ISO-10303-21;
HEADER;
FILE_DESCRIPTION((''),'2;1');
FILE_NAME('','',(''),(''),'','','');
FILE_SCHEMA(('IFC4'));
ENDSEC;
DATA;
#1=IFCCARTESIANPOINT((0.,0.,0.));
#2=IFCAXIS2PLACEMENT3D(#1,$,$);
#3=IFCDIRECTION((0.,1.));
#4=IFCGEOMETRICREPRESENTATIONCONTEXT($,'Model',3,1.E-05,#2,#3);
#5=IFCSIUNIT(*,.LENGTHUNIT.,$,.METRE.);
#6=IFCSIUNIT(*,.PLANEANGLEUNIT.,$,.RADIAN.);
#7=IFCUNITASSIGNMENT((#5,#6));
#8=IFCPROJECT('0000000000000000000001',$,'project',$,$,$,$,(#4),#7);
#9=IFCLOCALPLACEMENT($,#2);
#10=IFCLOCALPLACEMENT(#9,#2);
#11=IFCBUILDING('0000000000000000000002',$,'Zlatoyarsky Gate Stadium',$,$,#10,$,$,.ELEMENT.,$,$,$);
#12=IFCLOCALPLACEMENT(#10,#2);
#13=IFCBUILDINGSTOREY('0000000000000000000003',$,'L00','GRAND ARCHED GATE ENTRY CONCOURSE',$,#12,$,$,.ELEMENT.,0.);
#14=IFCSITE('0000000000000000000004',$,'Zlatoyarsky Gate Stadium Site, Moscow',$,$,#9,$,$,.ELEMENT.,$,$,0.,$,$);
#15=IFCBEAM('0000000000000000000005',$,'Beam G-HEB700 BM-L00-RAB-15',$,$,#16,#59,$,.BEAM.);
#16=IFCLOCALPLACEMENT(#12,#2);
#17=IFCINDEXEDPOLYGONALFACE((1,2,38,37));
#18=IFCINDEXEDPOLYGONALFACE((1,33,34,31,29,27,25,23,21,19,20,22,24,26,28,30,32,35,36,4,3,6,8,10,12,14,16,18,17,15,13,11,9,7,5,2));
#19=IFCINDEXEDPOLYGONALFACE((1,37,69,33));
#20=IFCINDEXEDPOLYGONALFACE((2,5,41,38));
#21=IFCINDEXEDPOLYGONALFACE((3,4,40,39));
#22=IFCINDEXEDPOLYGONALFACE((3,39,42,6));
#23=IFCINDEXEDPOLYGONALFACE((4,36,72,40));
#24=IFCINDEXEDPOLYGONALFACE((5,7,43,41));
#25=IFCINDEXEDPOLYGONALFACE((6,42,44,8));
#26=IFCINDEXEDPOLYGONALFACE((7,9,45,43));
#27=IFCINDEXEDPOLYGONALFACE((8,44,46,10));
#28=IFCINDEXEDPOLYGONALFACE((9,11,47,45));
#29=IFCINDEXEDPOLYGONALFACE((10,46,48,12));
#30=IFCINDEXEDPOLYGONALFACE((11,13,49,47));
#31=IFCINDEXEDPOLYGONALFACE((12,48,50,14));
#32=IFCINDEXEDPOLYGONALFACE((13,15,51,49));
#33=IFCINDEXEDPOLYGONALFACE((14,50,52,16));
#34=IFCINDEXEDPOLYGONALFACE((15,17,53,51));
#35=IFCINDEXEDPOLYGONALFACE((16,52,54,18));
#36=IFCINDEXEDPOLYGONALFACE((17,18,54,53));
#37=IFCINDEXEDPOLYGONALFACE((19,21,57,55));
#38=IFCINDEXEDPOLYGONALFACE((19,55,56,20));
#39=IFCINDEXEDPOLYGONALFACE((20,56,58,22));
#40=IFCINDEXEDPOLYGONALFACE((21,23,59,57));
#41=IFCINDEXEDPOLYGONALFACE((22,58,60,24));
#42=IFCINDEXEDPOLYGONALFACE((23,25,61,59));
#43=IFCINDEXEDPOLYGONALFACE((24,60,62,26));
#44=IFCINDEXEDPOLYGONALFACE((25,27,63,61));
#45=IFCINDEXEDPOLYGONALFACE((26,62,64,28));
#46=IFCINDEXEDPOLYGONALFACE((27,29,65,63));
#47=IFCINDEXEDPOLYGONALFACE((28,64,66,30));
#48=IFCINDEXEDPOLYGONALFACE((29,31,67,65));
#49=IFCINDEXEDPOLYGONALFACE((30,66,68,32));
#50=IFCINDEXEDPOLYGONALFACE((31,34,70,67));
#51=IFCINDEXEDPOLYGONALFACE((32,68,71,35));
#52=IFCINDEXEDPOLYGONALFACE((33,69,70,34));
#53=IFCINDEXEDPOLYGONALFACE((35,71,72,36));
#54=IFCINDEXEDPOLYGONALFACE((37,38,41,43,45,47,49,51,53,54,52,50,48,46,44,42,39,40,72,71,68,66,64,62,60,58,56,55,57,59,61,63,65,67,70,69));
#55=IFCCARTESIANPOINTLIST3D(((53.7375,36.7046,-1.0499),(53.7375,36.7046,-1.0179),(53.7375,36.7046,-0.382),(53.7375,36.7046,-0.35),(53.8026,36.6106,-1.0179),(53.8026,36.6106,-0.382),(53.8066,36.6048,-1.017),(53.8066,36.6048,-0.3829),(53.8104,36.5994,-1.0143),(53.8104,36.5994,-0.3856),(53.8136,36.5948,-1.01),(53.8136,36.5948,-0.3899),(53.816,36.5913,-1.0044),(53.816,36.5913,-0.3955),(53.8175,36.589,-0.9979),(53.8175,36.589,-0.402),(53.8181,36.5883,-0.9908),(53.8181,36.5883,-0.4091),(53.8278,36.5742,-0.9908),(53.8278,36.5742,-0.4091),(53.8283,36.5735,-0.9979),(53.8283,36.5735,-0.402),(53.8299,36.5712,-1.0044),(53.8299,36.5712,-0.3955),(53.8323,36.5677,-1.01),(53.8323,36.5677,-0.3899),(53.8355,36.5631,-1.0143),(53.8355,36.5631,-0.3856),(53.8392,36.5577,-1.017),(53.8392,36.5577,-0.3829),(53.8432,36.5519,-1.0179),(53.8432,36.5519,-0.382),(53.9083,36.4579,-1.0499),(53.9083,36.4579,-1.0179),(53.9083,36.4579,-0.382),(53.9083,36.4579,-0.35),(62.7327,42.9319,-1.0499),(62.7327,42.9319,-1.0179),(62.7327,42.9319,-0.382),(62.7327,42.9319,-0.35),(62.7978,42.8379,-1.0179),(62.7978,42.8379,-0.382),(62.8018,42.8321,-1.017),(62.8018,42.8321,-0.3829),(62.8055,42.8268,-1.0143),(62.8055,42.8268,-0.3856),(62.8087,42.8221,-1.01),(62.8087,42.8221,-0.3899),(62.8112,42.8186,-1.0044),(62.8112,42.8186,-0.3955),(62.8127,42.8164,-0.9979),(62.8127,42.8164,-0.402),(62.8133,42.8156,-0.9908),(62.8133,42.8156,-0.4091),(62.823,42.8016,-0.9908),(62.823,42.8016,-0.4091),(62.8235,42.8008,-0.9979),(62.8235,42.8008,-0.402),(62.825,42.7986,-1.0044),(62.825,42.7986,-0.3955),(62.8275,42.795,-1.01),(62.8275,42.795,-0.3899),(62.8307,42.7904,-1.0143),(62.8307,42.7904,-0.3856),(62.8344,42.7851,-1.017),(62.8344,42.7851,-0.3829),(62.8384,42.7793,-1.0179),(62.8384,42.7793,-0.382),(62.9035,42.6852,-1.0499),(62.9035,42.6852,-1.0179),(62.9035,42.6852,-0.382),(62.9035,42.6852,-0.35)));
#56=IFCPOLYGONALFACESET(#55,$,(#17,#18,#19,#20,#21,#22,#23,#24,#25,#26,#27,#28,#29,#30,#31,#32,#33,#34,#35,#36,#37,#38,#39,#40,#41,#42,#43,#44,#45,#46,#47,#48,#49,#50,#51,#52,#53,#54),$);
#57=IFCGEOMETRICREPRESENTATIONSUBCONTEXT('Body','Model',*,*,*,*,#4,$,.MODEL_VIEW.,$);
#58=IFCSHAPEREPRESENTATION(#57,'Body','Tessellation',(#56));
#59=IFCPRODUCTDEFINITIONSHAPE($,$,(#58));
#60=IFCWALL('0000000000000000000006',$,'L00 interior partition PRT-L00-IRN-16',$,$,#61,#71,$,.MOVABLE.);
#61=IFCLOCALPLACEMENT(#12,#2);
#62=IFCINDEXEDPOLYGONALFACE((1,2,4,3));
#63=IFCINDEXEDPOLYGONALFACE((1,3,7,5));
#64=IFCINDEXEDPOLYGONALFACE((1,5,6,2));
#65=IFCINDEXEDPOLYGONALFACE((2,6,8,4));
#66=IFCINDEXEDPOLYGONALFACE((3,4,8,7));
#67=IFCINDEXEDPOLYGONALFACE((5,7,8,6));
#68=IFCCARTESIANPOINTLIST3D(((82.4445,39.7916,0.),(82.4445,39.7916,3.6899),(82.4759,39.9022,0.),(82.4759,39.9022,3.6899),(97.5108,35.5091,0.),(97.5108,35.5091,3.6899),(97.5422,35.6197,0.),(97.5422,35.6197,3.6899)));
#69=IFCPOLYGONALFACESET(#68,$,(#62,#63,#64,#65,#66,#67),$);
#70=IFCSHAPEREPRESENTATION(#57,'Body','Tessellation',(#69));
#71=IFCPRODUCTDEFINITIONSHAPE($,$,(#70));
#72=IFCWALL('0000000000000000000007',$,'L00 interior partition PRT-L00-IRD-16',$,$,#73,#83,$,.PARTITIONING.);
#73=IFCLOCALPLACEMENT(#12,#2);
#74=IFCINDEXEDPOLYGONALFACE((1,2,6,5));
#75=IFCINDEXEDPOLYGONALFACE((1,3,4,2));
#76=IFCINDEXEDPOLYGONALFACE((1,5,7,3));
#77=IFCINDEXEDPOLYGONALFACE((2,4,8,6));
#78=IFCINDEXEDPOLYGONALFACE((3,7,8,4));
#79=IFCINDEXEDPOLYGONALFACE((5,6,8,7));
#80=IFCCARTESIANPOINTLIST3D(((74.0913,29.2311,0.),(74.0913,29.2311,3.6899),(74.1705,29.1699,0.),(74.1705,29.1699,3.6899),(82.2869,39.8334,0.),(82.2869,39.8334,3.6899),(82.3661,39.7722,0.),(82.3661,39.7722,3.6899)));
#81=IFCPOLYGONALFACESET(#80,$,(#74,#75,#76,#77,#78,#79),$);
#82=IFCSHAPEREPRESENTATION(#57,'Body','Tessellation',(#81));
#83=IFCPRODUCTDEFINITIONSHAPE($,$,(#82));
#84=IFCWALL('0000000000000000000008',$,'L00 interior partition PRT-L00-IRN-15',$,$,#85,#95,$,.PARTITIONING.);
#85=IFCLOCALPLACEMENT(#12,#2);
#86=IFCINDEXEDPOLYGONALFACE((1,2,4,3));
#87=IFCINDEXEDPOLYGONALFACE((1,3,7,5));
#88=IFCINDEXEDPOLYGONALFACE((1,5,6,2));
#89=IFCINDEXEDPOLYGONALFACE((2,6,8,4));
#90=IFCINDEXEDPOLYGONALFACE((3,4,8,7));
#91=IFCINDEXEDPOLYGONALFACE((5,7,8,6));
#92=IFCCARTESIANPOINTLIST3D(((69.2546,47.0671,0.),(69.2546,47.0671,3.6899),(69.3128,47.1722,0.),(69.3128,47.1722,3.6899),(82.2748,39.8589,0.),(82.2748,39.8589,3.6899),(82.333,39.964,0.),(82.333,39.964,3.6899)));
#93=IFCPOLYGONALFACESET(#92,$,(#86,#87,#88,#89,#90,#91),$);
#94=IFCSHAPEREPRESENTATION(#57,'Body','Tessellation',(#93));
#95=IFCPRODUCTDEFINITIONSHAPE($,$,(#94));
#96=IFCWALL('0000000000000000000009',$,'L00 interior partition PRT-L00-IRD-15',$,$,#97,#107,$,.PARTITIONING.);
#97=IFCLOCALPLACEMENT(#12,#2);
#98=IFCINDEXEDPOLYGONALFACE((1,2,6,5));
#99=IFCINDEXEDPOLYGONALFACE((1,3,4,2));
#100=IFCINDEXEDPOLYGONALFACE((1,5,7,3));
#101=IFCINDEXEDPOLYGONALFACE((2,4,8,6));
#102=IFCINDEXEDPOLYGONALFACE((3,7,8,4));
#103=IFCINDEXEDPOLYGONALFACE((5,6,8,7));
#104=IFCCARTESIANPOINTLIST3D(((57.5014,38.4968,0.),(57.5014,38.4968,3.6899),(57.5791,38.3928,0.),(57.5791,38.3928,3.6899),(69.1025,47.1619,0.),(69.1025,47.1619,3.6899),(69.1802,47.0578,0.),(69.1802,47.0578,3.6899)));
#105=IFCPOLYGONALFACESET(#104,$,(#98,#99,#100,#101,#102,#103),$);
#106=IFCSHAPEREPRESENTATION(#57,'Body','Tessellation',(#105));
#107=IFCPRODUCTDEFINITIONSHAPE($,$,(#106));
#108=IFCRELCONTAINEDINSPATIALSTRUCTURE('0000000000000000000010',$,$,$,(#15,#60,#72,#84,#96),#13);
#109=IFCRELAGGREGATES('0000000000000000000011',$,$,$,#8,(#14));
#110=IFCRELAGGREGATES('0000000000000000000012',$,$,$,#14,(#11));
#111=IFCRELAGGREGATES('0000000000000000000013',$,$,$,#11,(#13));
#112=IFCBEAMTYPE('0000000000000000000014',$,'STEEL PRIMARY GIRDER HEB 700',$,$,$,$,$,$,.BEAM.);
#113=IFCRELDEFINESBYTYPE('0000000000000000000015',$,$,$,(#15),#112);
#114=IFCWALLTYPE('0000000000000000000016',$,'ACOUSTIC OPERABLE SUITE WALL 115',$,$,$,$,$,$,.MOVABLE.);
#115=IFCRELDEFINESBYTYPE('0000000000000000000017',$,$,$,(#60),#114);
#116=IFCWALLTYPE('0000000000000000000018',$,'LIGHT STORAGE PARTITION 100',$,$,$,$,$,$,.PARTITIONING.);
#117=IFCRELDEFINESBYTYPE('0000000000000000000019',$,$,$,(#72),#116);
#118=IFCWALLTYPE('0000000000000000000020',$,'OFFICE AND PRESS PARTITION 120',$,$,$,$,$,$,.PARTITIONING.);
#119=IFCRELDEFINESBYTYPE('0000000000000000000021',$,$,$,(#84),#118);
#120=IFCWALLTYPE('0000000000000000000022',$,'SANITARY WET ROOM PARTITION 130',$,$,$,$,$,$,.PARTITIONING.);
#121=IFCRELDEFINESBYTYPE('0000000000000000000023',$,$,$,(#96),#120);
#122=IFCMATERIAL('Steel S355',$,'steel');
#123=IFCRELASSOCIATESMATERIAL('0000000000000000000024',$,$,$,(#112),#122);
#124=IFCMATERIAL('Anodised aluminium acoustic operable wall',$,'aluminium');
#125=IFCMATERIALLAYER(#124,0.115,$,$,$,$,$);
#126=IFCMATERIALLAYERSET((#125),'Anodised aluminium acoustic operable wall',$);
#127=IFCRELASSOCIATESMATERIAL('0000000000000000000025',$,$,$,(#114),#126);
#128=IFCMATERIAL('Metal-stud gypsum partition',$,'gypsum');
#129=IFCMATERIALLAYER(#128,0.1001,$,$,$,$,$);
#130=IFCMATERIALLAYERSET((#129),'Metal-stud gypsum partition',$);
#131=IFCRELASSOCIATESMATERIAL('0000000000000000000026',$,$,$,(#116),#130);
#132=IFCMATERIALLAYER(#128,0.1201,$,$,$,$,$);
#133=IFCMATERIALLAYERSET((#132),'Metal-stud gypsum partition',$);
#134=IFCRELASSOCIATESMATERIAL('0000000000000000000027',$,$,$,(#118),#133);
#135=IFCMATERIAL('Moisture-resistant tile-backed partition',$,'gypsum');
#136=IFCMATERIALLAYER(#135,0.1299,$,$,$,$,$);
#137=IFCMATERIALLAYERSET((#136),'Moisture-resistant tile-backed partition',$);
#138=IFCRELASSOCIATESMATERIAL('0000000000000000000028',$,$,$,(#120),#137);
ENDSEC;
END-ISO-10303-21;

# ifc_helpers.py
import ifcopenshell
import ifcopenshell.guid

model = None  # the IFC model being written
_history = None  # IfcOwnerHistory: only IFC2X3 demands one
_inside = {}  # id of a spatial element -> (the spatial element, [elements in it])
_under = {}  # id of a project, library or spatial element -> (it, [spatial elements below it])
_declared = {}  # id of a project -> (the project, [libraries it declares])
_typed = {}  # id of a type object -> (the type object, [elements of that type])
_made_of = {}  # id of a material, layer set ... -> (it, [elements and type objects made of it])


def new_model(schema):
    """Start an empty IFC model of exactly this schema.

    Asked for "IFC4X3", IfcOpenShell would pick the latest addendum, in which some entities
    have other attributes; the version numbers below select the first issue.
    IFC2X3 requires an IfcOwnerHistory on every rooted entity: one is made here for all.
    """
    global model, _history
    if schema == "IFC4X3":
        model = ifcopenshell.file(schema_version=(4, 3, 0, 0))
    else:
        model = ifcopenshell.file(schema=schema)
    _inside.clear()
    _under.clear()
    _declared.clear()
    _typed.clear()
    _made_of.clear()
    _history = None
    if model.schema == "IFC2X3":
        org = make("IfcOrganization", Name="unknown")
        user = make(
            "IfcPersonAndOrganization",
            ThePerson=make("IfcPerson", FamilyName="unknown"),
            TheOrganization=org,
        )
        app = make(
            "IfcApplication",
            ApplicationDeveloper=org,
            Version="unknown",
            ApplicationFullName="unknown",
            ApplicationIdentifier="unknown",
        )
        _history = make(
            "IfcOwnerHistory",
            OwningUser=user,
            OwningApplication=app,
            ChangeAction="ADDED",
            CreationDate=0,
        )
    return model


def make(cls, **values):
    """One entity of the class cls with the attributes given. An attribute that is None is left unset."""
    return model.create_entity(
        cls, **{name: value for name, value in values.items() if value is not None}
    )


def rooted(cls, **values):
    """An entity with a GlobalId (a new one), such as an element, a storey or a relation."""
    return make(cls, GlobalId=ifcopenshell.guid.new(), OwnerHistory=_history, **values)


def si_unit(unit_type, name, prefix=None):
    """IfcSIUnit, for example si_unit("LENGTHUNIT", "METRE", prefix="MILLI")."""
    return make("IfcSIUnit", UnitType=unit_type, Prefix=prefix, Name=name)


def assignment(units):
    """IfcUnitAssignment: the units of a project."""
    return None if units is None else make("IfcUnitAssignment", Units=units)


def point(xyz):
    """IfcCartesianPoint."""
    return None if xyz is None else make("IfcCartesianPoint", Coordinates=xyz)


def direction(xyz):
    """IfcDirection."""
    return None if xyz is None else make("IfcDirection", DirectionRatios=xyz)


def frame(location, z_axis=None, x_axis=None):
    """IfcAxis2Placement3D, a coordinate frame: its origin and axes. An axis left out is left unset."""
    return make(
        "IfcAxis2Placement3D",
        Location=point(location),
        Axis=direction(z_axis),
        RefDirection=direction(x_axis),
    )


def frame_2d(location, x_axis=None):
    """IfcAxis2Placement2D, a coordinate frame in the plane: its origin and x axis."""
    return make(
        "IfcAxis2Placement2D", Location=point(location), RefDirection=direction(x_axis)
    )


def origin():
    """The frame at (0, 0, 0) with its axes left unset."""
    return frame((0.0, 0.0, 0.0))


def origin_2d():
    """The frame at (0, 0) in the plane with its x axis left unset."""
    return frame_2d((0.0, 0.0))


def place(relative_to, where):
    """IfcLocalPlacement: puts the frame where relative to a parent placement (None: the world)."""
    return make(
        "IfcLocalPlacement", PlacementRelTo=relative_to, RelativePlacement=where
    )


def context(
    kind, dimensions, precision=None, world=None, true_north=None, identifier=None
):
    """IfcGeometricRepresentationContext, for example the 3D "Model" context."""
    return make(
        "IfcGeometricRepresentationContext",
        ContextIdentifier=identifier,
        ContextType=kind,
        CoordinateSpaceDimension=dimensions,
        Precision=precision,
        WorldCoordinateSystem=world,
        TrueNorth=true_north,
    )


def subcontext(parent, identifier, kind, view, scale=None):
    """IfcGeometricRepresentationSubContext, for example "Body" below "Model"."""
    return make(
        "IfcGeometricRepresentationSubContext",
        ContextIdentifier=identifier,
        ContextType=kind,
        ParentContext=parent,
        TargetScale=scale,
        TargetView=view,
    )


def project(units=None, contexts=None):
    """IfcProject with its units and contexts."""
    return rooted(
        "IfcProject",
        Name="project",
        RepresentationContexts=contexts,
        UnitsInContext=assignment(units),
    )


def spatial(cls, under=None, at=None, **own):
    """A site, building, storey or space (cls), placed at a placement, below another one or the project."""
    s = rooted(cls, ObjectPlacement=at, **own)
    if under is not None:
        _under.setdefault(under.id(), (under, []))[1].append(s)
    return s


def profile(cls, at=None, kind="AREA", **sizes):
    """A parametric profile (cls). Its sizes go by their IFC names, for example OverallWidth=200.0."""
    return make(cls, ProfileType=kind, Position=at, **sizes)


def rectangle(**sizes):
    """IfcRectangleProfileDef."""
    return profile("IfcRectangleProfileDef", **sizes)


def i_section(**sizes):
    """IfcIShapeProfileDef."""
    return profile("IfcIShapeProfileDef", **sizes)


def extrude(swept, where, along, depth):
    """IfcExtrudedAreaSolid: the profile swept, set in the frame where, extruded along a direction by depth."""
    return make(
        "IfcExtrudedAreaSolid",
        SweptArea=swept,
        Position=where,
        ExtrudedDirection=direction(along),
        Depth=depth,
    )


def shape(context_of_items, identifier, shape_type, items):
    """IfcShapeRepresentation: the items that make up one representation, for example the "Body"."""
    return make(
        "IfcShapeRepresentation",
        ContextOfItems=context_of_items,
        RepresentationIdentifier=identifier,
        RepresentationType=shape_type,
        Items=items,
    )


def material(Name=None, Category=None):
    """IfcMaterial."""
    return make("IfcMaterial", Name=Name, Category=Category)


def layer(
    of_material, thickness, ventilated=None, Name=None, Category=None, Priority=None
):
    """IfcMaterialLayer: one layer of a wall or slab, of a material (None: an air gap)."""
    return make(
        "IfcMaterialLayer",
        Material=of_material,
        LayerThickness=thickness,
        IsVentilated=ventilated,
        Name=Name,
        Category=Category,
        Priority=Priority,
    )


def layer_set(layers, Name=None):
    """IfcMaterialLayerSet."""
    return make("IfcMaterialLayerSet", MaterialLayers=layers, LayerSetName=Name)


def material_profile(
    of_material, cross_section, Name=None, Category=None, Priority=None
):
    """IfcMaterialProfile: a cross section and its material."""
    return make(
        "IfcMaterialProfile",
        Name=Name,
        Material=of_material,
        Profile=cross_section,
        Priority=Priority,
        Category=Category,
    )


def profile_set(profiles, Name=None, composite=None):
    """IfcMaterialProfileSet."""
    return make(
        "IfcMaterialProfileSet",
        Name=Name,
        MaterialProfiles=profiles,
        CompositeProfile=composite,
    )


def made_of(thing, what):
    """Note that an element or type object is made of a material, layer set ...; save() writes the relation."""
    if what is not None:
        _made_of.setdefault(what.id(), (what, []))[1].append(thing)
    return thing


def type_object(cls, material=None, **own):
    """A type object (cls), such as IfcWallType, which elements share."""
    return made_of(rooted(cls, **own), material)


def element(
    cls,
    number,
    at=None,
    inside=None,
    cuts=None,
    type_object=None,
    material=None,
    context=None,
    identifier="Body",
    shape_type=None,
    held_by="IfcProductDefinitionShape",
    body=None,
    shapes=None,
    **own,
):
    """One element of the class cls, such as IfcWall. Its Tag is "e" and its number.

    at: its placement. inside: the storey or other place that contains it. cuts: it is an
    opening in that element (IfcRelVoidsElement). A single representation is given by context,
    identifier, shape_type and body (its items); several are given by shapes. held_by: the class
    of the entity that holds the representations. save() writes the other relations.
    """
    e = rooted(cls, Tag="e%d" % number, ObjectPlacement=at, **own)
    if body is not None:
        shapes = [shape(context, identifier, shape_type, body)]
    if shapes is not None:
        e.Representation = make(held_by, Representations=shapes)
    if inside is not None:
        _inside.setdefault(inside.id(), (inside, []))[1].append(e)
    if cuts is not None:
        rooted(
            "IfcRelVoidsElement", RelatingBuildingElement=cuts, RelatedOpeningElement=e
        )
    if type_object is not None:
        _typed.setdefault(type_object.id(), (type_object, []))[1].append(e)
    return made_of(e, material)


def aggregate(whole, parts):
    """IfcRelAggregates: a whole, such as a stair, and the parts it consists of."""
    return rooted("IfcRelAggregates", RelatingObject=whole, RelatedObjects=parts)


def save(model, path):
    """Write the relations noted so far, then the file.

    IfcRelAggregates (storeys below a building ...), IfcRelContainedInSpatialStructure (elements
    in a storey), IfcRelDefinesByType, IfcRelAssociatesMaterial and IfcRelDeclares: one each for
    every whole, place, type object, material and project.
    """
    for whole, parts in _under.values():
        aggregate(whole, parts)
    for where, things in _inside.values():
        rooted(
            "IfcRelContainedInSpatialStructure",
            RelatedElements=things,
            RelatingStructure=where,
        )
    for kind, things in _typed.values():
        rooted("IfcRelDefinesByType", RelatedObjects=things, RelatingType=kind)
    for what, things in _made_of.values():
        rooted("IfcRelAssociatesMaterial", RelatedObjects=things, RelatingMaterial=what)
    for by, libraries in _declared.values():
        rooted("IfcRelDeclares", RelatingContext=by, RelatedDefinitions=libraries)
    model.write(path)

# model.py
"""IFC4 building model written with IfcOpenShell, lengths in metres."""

from ifc_helpers import new_model, si_unit, direction, frame, frame_2d, origin, origin_2d, place, context, subcontext, project, spatial, rectangle, i_section, extrude, material, layer, layer_set, material_profile, profile_set, type_object, element, save


model = new_model("IFC4")

# Units and contexts
model_context = context("Model", 3, precision=1e-05, world=origin(), true_north=direction((0.0, 1.0)))
body_context = subcontext(model_context, "Body", "Model", "MODEL_VIEW")
ifc_project = project(units=[si_unit("LENGTHUNIT", "METRE"), si_unit("PLANEANGLEUNIT", "RADIAN")], contexts=[model_context])

# Site, building, storey
site_placement = place(None, origin())
site = spatial("IfcSite", under=ifc_project, at=site_placement, Name="Zlatoyarsky Gate Stadium Site, Moscow", CompositionType="ELEMENT", RefElevation=0.0)
building_placement = place(site_placement, origin())
building = spatial("IfcBuilding", under=site, at=building_placement, Name="Zlatoyarsky Gate Stadium", CompositionType="ELEMENT")
storey_placement = place(building_placement, origin())
storey = spatial("IfcBuildingStorey", under=building, at=storey_placement, Name="L00", Description="GRAND ARCHED GATE ENTRY CONCOURSE", CompositionType="ELEMENT", Elevation=0.0)

# Beam
ifc_material_1 = material(Name="Steel S355", Category="steel")
ifc_material_profile_1 = material_profile(ifc_material_1, i_section(OverallWidth=0.3, OverallDepth=0.7, WebThickness=0.0171, FlangeThickness=0.032, FilletRadius=0.0271, at=origin_2d()), Name="HEB 700")
ifc_profile_set_1 = profile_set([ifc_material_profile_1], Name="Steel S355")
beam_type_1 = type_object("IfcBeamType", Name="STEEL PRIMARY GIRDER HEB 700", PredefinedType="BEAM", material=ifc_profile_set_1)
beam_1_placement = place(storey_placement, frame((62.8181, 42.8086, -0.7), z_axis=(-0.822196, -0.569204, 0.0), x_axis=(0.569204, -0.822196, 0.0)))
element("IfcBeam", 1, at=beam_1_placement, inside=storey, type_object=beam_type_1, Name="Beam G-HEB700 BM-L00-RAB-15", PredefinedType="BEAM", context=body_context, shape_type="SweptSolid", body=[
    extrude(i_section(OverallWidth=0.3, OverallDepth=0.7, WebThickness=0.0171, FlangeThickness=0.032, FilletRadius=0.0271, at=origin_2d()), origin(), (0.0, 0.0, 1.0), 10.9404),
])

# Walls
ifc_material_2 = material(Name="Anodised aluminium acoustic operable wall", Category="aluminium")
ifc_layer_1 = layer(ifc_material_2, 0.115)
ifc_layer_set_1 = layer_set([ifc_layer_1], Name="Anodised aluminium acoustic operable wall")
wall_type_1 = type_object("IfcWallType", Name="ACOUSTIC OPERABLE SUITE WALL 115", PredefinedType="MOVABLE", material=ifc_layer_set_1)
wall_1_placement = place(storey_placement, frame((82.4602, 39.8469, 0.0), z_axis=(0.0, 0.0, 1.0), x_axis=(0.961897, -0.273414, 0.0)))
element("IfcWall", 2, at=wall_1_placement, inside=storey, type_object=wall_type_1, Name="L00 interior partition PRT-L00-IRN-16", PredefinedType="MOVABLE", context=body_context, shape_type="SweptSolid", body=[
    extrude(rectangle(XDim=15.6631, YDim=0.115, at=frame_2d((7.8315, 0.0))), origin(), (0.0, 0.0, 1.0), 3.6899),
])
ifc_material_3 = material(Name="Metal-stud gypsum partition", Category="gypsum")
ifc_layer_2 = layer(ifc_material_3, 0.1001)
ifc_layer_set_2 = layer_set([ifc_layer_2], Name="Metal-stud gypsum partition")
wall_type_2 = type_object("IfcWallType", Name="LIGHT STORAGE PARTITION 100", PredefinedType="PARTITIONING", material=ifc_layer_set_2)
wall_2_placement = place(storey_placement, frame((82.3264, 39.8027, 0.0), z_axis=(0.0, 0.0, 1.0), x_axis=(-0.611582, -0.791181, 0.0)))
element("IfcWall", 3, at=wall_2_placement, inside=storey, type_object=wall_type_2, Name="L00 interior partition PRT-L00-IRD-16", PredefinedType="PARTITIONING", context=body_context, shape_type="SweptSolid", body=[
    extrude(rectangle(XDim=13.4006, YDim=0.1001, at=frame_2d((6.7002, 0.0))), origin(), (0.0, 0.0, 1.0), 3.6899),
])
ifc_layer_3 = layer(ifc_material_3, 0.1201)
ifc_layer_set_3 = layer_set([ifc_layer_3], Name="Metal-stud gypsum partition")
wall_type_3 = type_object("IfcWallType", Name="OFFICE AND PRESS PARTITION 120", PredefinedType="PARTITIONING", material=ifc_layer_set_3)
wall_3_placement = place(storey_placement, frame((69.2837, 47.1196, 0.0), z_axis=(0.0, 0.0, 1.0), x_axis=(0.874876, -0.484347, 0.0)))
element("IfcWall", 4, at=wall_3_placement, inside=storey, type_object=wall_type_3, Name="L00 interior partition PRT-L00-IRN-15", PredefinedType="PARTITIONING", context=body_context, shape_type="SweptSolid", body=[
    extrude(rectangle(XDim=14.8823, YDim=0.1201, at=frame_2d((7.4412, 0.0))), origin(), (0.0, 0.0, 1.0), 3.6899),
])
ifc_material_4 = material(Name="Moisture-resistant tile-backed partition", Category="gypsum")
ifc_layer_4 = layer(ifc_material_4, 0.1299)
ifc_layer_set_4 = layer_set([ifc_layer_4], Name="Moisture-resistant tile-backed partition")
wall_type_4 = type_object("IfcWallType", Name="SANITARY WET ROOM PARTITION 130", PredefinedType="PARTITIONING", material=ifc_layer_set_4)
wall_4_placement = place(storey_placement, frame((69.1414, 47.1099, 0.0), z_axis=(0.0, 0.0, 1.0), x_axis=(-0.801184, -0.598418, 0.0)))
element("IfcWall", 5, at=wall_4_placement, inside=storey, type_object=wall_type_4, Name="L00 interior partition PRT-L00-IRD-15", PredefinedType="PARTITIONING", context=body_context, shape_type="SweptSolid", body=[
    extrude(rectangle(XDim=14.48, YDim=0.1299, at=frame_2d((7.24, 0.0))), origin(), (0.0, 0.0, 1.0), 3.6899),
])

save(model, "model.ifc")
